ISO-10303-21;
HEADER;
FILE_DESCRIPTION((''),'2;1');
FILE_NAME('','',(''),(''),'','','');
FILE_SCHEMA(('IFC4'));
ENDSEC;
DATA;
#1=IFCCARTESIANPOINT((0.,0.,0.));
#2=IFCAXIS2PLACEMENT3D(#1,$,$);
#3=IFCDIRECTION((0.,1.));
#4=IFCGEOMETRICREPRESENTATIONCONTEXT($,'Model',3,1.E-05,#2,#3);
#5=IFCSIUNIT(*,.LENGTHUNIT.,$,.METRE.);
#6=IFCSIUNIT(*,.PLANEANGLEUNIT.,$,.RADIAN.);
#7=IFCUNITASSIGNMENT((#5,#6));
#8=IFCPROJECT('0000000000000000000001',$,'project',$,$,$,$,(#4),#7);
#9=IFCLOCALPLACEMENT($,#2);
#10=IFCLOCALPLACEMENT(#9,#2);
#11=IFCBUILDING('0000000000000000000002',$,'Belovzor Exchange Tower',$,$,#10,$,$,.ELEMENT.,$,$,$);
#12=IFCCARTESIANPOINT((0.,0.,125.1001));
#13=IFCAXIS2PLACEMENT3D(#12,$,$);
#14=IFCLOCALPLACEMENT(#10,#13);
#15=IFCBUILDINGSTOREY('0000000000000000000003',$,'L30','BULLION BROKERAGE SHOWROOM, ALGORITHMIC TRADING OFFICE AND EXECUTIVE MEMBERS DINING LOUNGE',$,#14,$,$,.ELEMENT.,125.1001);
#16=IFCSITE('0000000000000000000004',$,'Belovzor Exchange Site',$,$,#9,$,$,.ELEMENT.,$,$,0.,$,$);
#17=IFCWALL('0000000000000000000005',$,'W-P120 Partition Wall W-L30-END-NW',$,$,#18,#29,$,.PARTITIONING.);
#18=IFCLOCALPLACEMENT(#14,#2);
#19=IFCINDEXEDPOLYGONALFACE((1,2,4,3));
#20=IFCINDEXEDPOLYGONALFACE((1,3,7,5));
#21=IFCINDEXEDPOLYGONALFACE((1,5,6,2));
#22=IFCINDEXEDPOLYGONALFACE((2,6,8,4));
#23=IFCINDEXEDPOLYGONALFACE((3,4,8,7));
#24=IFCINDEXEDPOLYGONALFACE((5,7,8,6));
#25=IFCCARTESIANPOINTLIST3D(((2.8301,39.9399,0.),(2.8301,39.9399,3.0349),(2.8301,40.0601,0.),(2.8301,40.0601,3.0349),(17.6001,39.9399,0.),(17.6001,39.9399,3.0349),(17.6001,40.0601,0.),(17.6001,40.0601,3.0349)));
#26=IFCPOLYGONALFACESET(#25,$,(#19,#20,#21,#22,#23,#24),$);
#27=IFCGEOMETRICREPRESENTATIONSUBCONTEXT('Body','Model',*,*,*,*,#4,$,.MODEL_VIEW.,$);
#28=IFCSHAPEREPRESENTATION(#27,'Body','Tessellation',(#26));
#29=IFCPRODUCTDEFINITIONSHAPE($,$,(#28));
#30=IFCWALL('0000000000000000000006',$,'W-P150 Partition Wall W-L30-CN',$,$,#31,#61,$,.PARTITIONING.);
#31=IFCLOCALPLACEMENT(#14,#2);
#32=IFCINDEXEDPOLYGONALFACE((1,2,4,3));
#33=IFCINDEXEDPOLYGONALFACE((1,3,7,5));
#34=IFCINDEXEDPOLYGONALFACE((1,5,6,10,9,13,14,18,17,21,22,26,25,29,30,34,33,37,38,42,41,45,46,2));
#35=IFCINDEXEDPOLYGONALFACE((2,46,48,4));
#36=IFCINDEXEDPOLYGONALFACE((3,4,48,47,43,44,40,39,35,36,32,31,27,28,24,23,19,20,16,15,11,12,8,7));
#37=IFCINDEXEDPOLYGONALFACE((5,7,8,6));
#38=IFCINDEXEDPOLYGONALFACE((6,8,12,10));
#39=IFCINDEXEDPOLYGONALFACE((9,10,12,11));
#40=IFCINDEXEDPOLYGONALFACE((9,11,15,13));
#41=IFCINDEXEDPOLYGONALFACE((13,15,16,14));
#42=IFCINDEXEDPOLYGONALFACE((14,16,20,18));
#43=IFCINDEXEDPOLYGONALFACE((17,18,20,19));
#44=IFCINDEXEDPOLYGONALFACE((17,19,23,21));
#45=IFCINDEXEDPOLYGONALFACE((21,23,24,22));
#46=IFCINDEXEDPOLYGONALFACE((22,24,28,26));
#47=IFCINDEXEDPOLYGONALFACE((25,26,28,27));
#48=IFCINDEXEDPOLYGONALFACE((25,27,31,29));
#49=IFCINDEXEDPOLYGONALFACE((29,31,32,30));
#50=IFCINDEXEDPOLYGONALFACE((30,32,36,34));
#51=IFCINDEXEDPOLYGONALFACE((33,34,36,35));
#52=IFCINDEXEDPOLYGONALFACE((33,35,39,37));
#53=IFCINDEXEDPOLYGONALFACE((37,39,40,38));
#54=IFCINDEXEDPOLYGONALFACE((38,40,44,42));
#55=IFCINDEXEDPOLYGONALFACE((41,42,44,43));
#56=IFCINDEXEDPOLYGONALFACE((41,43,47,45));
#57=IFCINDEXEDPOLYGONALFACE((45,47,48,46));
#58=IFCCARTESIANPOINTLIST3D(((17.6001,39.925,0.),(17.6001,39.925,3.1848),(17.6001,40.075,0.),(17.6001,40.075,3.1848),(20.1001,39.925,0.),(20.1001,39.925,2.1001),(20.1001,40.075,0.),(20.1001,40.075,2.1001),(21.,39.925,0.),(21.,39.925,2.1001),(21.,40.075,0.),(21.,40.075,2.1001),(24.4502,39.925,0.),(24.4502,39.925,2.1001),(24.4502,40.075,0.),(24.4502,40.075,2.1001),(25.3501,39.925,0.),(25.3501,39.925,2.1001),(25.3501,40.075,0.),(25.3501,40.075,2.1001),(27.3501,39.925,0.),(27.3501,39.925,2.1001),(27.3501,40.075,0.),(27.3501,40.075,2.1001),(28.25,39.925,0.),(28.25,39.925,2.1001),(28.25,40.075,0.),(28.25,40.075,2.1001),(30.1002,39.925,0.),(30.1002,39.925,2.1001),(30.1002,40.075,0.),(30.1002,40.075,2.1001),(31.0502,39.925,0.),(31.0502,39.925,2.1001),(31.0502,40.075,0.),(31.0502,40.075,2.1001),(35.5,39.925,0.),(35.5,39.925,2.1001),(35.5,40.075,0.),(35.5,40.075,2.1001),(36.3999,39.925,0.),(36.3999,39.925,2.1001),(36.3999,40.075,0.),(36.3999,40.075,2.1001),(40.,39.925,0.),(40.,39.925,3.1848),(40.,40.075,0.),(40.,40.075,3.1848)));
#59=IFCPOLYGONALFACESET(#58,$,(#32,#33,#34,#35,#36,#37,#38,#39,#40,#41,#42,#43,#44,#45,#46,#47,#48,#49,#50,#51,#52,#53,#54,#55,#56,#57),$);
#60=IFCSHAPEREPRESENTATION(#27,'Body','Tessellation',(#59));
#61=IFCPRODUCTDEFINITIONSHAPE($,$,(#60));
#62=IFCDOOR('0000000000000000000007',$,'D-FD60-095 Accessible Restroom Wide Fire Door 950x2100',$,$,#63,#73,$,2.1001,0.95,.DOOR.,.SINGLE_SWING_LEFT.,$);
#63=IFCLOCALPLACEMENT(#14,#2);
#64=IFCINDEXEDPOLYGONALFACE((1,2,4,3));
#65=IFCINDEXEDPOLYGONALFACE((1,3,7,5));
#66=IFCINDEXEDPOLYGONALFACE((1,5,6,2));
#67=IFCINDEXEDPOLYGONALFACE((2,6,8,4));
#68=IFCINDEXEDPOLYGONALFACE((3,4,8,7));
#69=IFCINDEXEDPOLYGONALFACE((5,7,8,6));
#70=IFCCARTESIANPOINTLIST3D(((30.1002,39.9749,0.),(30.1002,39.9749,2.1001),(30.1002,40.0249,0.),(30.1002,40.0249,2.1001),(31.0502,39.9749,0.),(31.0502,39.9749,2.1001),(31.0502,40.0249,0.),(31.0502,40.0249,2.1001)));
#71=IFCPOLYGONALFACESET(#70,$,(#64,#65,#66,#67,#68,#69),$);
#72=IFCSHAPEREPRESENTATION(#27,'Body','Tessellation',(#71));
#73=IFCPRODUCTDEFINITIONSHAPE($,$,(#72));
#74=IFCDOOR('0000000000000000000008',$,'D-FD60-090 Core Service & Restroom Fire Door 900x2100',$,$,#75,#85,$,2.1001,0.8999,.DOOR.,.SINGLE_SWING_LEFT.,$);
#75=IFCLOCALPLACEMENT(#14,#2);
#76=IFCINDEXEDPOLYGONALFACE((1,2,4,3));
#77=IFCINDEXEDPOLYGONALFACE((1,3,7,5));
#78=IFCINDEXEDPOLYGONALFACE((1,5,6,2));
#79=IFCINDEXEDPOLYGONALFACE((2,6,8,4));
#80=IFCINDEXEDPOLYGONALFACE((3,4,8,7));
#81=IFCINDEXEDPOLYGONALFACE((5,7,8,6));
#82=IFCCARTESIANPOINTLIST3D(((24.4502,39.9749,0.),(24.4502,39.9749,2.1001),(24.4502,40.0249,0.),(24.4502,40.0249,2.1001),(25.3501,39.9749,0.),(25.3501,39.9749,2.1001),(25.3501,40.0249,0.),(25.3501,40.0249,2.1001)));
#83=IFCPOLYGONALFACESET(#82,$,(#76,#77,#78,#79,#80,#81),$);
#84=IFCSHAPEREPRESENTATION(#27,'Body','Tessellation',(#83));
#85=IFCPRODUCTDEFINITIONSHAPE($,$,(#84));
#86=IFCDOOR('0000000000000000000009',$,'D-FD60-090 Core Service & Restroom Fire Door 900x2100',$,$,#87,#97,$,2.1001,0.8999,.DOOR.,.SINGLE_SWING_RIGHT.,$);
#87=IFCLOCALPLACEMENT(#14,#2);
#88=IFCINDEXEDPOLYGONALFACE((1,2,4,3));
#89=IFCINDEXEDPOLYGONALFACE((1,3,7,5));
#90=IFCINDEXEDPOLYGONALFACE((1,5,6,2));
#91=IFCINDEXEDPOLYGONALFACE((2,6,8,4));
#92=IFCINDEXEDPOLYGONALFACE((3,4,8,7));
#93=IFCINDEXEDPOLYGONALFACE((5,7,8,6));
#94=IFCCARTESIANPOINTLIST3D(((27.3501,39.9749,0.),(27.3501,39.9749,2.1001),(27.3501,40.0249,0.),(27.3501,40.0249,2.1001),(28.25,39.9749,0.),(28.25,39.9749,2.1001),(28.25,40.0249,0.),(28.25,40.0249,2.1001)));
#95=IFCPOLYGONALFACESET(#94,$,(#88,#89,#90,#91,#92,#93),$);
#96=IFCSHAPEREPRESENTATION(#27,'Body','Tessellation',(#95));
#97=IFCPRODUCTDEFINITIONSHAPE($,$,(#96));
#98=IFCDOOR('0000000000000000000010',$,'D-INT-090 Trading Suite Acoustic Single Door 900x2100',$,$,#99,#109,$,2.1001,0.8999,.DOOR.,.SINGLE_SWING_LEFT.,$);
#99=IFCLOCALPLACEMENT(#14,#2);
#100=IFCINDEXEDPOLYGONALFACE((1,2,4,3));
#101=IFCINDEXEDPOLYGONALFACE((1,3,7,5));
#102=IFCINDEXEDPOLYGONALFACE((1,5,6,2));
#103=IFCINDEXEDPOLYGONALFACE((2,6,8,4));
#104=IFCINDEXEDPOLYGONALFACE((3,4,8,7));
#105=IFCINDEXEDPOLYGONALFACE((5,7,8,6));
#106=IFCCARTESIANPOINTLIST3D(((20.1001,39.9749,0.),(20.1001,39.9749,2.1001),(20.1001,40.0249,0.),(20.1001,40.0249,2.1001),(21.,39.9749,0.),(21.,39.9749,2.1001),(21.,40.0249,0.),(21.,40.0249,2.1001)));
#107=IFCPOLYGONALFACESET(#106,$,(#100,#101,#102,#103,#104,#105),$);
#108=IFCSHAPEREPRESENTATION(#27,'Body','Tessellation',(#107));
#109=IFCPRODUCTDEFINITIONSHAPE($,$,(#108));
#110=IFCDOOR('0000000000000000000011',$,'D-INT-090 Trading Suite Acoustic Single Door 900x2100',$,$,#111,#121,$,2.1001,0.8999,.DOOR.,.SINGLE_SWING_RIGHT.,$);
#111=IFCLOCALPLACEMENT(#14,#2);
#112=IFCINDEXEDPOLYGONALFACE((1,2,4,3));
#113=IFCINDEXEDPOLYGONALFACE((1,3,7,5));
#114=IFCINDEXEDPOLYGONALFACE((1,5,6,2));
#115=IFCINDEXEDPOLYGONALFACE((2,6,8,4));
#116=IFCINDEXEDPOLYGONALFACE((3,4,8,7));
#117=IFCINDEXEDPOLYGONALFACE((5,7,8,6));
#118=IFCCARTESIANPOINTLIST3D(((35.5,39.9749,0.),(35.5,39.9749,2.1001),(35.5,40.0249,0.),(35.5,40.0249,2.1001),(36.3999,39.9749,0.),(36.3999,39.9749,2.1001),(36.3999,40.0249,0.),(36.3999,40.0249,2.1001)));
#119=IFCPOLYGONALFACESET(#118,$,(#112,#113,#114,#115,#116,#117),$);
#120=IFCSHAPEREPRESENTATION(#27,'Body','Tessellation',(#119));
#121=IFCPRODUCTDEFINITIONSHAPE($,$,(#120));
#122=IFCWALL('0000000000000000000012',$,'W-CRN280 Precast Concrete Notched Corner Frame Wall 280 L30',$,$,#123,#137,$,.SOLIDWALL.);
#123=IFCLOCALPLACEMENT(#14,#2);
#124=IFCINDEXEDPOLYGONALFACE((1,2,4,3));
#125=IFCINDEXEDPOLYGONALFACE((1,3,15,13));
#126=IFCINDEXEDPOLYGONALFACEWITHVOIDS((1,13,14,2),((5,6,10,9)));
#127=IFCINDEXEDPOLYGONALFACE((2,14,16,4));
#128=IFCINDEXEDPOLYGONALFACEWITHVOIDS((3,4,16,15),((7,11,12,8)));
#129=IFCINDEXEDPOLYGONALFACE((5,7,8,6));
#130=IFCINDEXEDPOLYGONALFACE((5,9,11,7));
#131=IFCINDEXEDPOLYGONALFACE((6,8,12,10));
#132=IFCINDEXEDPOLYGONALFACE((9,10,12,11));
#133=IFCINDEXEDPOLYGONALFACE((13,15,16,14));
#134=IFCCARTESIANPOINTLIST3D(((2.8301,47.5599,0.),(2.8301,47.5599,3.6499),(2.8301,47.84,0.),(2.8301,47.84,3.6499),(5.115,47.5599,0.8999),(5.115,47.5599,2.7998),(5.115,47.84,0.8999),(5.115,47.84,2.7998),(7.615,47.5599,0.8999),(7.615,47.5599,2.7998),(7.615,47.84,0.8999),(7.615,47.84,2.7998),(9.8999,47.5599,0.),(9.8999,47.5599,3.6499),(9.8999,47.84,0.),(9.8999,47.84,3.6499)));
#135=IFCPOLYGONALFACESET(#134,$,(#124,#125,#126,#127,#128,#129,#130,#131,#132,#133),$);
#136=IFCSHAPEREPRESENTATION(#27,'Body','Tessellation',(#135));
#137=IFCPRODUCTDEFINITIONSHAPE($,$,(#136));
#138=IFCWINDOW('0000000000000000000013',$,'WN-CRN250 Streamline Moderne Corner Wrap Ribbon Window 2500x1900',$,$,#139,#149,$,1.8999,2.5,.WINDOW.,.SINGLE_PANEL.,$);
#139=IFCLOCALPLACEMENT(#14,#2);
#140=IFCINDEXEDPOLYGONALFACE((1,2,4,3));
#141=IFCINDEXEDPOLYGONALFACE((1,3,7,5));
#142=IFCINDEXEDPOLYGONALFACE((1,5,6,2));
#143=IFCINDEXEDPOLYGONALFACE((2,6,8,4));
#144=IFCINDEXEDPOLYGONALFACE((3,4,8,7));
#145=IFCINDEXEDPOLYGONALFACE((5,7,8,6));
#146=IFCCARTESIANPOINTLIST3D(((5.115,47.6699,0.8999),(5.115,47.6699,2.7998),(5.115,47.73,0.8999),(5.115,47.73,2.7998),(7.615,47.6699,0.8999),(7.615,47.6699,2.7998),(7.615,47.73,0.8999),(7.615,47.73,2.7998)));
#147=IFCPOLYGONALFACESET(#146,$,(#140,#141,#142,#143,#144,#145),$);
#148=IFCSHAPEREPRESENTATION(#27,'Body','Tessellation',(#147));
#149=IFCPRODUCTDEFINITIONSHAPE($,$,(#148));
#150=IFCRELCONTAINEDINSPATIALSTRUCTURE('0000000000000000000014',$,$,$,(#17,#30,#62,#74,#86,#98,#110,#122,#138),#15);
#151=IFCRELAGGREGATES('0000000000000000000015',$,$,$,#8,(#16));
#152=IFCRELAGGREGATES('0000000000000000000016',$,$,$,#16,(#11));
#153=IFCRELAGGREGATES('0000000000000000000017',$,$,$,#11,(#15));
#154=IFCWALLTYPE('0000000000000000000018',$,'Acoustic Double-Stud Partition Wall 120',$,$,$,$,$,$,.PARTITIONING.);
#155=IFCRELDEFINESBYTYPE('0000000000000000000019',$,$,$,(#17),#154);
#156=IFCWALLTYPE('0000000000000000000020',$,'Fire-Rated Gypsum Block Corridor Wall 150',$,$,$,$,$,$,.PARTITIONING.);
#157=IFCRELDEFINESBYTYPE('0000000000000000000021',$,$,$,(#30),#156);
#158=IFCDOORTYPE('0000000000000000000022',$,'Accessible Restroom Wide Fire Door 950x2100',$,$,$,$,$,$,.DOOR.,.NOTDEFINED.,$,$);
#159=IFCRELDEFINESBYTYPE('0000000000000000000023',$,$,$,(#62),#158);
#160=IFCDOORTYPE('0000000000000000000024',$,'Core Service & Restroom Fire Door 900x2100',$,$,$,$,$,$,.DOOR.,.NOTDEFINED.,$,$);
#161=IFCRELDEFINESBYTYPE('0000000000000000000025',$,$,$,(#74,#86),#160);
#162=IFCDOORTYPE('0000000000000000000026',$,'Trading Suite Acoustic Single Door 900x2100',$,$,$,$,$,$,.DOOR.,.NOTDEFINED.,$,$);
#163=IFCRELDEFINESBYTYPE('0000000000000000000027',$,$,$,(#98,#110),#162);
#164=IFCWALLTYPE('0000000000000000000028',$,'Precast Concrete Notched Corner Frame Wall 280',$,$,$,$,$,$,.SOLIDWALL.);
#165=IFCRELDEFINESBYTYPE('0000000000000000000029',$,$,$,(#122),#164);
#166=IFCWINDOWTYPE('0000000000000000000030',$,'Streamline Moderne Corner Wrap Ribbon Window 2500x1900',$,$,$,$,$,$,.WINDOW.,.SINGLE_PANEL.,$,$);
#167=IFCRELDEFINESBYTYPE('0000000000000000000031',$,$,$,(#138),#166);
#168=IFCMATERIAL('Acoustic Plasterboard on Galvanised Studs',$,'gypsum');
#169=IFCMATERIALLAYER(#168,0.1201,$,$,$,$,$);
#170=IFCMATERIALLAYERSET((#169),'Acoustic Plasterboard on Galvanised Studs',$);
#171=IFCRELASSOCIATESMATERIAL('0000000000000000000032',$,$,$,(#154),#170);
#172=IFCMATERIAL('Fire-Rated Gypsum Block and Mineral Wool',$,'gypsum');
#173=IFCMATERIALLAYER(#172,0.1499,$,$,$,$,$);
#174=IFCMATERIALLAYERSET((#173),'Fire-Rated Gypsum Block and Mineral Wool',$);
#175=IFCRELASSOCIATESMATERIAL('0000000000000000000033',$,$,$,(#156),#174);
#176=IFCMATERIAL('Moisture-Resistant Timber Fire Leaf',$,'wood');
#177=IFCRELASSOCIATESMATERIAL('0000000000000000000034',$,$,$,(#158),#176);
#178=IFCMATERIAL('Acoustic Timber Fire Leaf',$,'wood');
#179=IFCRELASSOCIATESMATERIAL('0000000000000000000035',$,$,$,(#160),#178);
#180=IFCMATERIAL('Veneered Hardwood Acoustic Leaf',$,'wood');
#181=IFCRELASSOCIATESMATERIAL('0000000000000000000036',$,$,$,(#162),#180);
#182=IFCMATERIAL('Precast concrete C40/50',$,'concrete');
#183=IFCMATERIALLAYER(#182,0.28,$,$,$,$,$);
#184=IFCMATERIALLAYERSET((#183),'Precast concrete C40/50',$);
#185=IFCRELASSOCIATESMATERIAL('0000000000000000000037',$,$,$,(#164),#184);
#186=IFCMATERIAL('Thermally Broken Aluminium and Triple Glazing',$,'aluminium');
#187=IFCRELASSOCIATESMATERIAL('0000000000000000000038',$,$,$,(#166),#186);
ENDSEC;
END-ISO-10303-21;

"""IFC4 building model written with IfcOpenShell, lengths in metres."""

from ifc_helpers import new_model, si_unit, direction, frame, frame_2d, origin, place, context, subcontext, project, spatial, rectangle, extrude, material, layer, layer_set, type_object, element, fill, save


model = new_model("IFC4")

# Units and contexts
model_context = context("Model", 3, precision=1e-05, world=origin(), true_north=direction((0.0, 1.0)))
body_context = subcontext(model_context, "Body", "Model", "MODEL_VIEW")
ifc_project = project(units=[si_unit("LENGTHUNIT", "METRE"), si_unit("PLANEANGLEUNIT", "RADIAN")], contexts=[model_context])

# Site, building, storey
site_placement = place(None, origin())
site = spatial("IfcSite", under=ifc_project, at=site_placement, Name="Belovzor Exchange Site", CompositionType="ELEMENT", RefElevation=0.0)
building_placement = place(site_placement, origin())
building = spatial("IfcBuilding", under=site, at=building_placement, Name="Belovzor Exchange Tower", CompositionType="ELEMENT")
storey_placement = place(building_placement, frame((0.0, 0.0, 125.1001)))
storey = spatial("IfcBuildingStorey", under=building, at=storey_placement, Name="L30", Description="BULLION BROKERAGE SHOWROOM, ALGORITHMIC TRADING OFFICE AND EXECUTIVE MEMBERS DINING LOUNGE", CompositionType="ELEMENT", Elevation=125.1001)

# Wall
ifc_material_1 = material(Name="Acoustic Plasterboard on Galvanised Studs", Category="gypsum")
ifc_layer_1 = layer(ifc_material_1, 0.1201)
ifc_layer_set_1 = layer_set([ifc_layer_1], Name="Acoustic Plasterboard on Galvanised Studs")
wall_type_1 = type_object("IfcWallType", Name="Acoustic Double-Stud Partition Wall 120", PredefinedType="PARTITIONING", material=ifc_layer_set_1)
wall_1_placement = place(storey_placement, frame((2.8301, 40.0, 0.0), z_axis=(0.0, 0.0, 1.0), x_axis=(1.0, 0.0, 0.0)))
element("IfcWall", 1, at=wall_1_placement, inside=storey, type_object=wall_type_1, Name="W-P120 Partition Wall W-L30-END-NW", PredefinedType="PARTITIONING", context=body_context, shape_type="SweptSolid", body=[
    extrude(rectangle(XDim=14.77, YDim=0.1201, at=frame_2d((7.385, 0.0))), origin(), (0.0, 0.0, 1.0), 3.0349),
])

# Wall, openings, doors
ifc_material_2 = material(Name="Fire-Rated Gypsum Block and Mineral Wool", Category="gypsum")
ifc_layer_2 = layer(ifc_material_2, 0.1499)
ifc_layer_set_2 = layer_set([ifc_layer_2], Name="Fire-Rated Gypsum Block and Mineral Wool")
wall_type_2 = type_object("IfcWallType", Name="Fire-Rated Gypsum Block Corridor Wall 150", PredefinedType="PARTITIONING", material=ifc_layer_set_2)
wall_2_placement = place(storey_placement, frame((17.6001, 40.0, 0.0), z_axis=(0.0, 0.0, 1.0), x_axis=(1.0, 0.0, 0.0)))
wall_2 = element("IfcWall", 2, at=wall_2_placement, inside=storey, type_object=wall_type_2, Name="W-P150 Partition Wall W-L30-CN", PredefinedType="PARTITIONING", context=body_context, shape_type="SweptSolid", body=[
    extrude(rectangle(XDim=22.3999, YDim=0.1499, at=frame_2d((11.2, 0.0))), origin(), (0.0, 0.0, 1.0), 3.1848),
])
opening_1_placement = place(wall_2_placement, frame((2.5, 0.0, 0.0)))
opening_1 = element("IfcOpeningElement", 3, at=opening_1_placement, cuts=wall_2, PredefinedType="OPENING", context=body_context, shape_type="SweptSolid", body=[
    extrude(rectangle(XDim=0.8999, YDim=2.1001, at=frame_2d((0.45, 1.05))), frame((0.0, 0.085, 0.0), z_axis=(0.0, -1.0, 0.0), x_axis=(1.0, 0.0, 0.0)), (0.0, 0.0, 1.0), 0.1699),
])
opening_2_placement = place(wall_2_placement, frame((6.8501, 0.0, 0.0)))
opening_2 = element("IfcOpeningElement", 4, at=opening_2_placement, cuts=wall_2, PredefinedType="OPENING", context=body_context, shape_type="SweptSolid", body=[
    extrude(rectangle(XDim=0.8999, YDim=2.1001, at=frame_2d((0.45, 1.05))), frame((0.0, 0.085, 0.0), z_axis=(0.0, -1.0, 0.0), x_axis=(1.0, 0.0, 0.0)), (0.0, 0.0, 1.0), 0.1699),
])
opening_3_placement = place(wall_2_placement, frame((9.75, 0.0, 0.0)))
opening_3 = element("IfcOpeningElement", 5, at=opening_3_placement, cuts=wall_2, PredefinedType="OPENING", context=body_context, shape_type="SweptSolid", body=[
    extrude(rectangle(XDim=0.8999, YDim=2.1001, at=frame_2d((0.45, 1.05))), frame((0.0, 0.085, 0.0), z_axis=(0.0, -1.0, 0.0), x_axis=(1.0, 0.0, 0.0)), (0.0, 0.0, 1.0), 0.1699),
])
opening_4_placement = place(wall_2_placement, frame((12.5, 0.0, 0.0)))
opening_4 = element("IfcOpeningElement", 6, at=opening_4_placement, cuts=wall_2, PredefinedType="OPENING", context=body_context, shape_type="SweptSolid", body=[
    extrude(rectangle(XDim=0.95, YDim=2.1001, at=frame_2d((0.4751, 1.05))), frame((0.0, 0.085, 0.0), z_axis=(0.0, -1.0, 0.0), x_axis=(1.0, 0.0, 0.0)), (0.0, 0.0, 1.0), 0.1699),
])
opening_5_placement = place(wall_2_placement, frame((17.8999, 0.0, 0.0)))
opening_5 = element("IfcOpeningElement", 7, at=opening_5_placement, cuts=wall_2, PredefinedType="OPENING", context=body_context, shape_type="SweptSolid", body=[
    extrude(rectangle(XDim=0.8999, YDim=2.1001, at=frame_2d((0.45, 1.05))), frame((0.0, 0.085, 0.0), z_axis=(0.0, -1.0, 0.0), x_axis=(1.0, 0.0, 0.0)), (0.0, 0.0, 1.0), 0.1699),
])
ifc_material_3 = material(Name="Moisture-Resistant Timber Fire Leaf", Category="wood")
door_type_1 = type_object("IfcDoorType", Name="Accessible Restroom Wide Fire Door 950x2100", OperationType="NOTDEFINED", PredefinedType="DOOR", material=ifc_material_3)
door_1_placement = place(opening_4_placement, origin())
door_1 = element("IfcDoor", 8, at=door_1_placement, inside=storey, type_object=door_type_1, Name="D-FD60-095 Accessible Restroom Wide Fire Door 950x2100", OperationType="SINGLE_SWING_LEFT", OverallHeight=2.1001, OverallWidth=0.95, PredefinedType="DOOR", context=body_context, shape_type="SweptSolid", body=[
    extrude(rectangle(XDim=0.95, YDim=2.1001, at=frame_2d((0.4751, 1.05))), frame((0.0, 0.0249, 0.0), z_axis=(0.0, -1.0, 0.0), x_axis=(1.0, 0.0, 0.0)), (0.0, 0.0, 1.0), 0.05),
])
fill(opening_4, door_1)
ifc_material_4 = material(Name="Acoustic Timber Fire Leaf", Category="wood")
door_type_2 = type_object("IfcDoorType", Name="Core Service & Restroom Fire Door 900x2100", OperationType="NOTDEFINED", PredefinedType="DOOR", material=ifc_material_4)
door_2_placement = place(opening_2_placement, origin())
door_2 = element("IfcDoor", 9, at=door_2_placement, inside=storey, type_object=door_type_2, Name="D-FD60-090 Core Service & Restroom Fire Door 900x2100", OperationType="SINGLE_SWING_LEFT", OverallHeight=2.1001, OverallWidth=0.8999, PredefinedType="DOOR", context=body_context, shape_type="SweptSolid", body=[
    extrude(rectangle(XDim=0.8999, YDim=2.1001, at=frame_2d((0.45, 1.05))), frame((0.0, 0.0249, 0.0), z_axis=(0.0, -1.0, 0.0), x_axis=(1.0, 0.0, 0.0)), (0.0, 0.0, 1.0), 0.05),
])
fill(opening_2, door_2)
door_3_placement = place(opening_3_placement, origin())
door_3 = element("IfcDoor", 10, at=door_3_placement, inside=storey, type_object=door_type_2, Name="D-FD60-090 Core Service & Restroom Fire Door 900x2100", OperationType="SINGLE_SWING_RIGHT", OverallHeight=2.1001, OverallWidth=0.8999, PredefinedType="DOOR", context=body_context, shape_type="SweptSolid", body=[
    extrude(rectangle(XDim=0.8999, YDim=2.1001, at=frame_2d((0.45, 1.05))), frame((0.0, 0.0249, 0.0), z_axis=(0.0, -1.0, 0.0), x_axis=(1.0, 0.0, 0.0)), (0.0, 0.0, 1.0), 0.05),
])
fill(opening_3, door_3)
ifc_material_5 = material(Name="Veneered Hardwood Acoustic Leaf", Category="wood")
door_type_3 = type_object("IfcDoorType", Name="Trading Suite Acoustic Single Door 900x2100", OperationType="NOTDEFINED", PredefinedType="DOOR", material=ifc_material_5)
door_4_placement = place(opening_1_placement, origin())
door_4 = element("IfcDoor", 11, at=door_4_placement, inside=storey, type_object=door_type_3, Name="D-INT-090 Trading Suite Acoustic Single Door 900x2100", OperationType="SINGLE_SWING_LEFT", OverallHeight=2.1001, OverallWidth=0.8999, PredefinedType="DOOR", context=body_context, shape_type="SweptSolid", body=[
    extrude(rectangle(XDim=0.8999, YDim=2.1001, at=frame_2d((0.45, 1.05))), frame((0.0, 0.0249, 0.0), z_axis=(0.0, -1.0, 0.0), x_axis=(1.0, 0.0, 0.0)), (0.0, 0.0, 1.0), 0.05),
])
fill(opening_1, door_4)
door_5_placement = place(opening_5_placement, origin())
door_5 = element("IfcDoor", 12, at=door_5_placement, inside=storey, type_object=door_type_3, Name="D-INT-090 Trading Suite Acoustic Single Door 900x2100", OperationType="SINGLE_SWING_RIGHT", OverallHeight=2.1001, OverallWidth=0.8999, PredefinedType="DOOR", context=body_context, shape_type="SweptSolid", body=[
    extrude(rectangle(XDim=0.8999, YDim=2.1001, at=frame_2d((0.45, 1.05))), frame((0.0, 0.0249, 0.0), z_axis=(0.0, -1.0, 0.0), x_axis=(1.0, 0.0, 0.0)), (0.0, 0.0, 1.0), 0.05),
])
fill(opening_5, door_5)

# Wall, opening, window
ifc_material_6 = material(Name="Precast concrete C40/50", Category="concrete")
ifc_layer_3 = layer(ifc_material_6, 0.28)
ifc_layer_set_3 = layer_set([ifc_layer_3], Name="Precast concrete C40/50")
wall_type_3 = type_object("IfcWallType", Name="Precast Concrete Notched Corner Frame Wall 280", PredefinedType="SOLIDWALL", material=ifc_layer_set_3)
wall_3_placement = place(storey_placement, frame((2.8301, 47.7, 0.0), z_axis=(0.0, 0.0, 1.0), x_axis=(1.0, 0.0, 0.0)))
wall_3 = element("IfcWall", 13, at=wall_3_placement, inside=storey, type_object=wall_type_3, Name="W-CRN280 Precast Concrete Notched Corner Frame Wall 280 L30", PredefinedType="SOLIDWALL", context=body_context, shape_type="SweptSolid", body=[
    extrude(rectangle(XDim=7.0698, YDim=0.28, at=frame_2d((3.5349, 0.0))), origin(), (0.0, 0.0, 1.0), 3.6499),
])
opening_6_placement = place(wall_3_placement, frame((2.2849, 0.0, 0.8999)))
opening_6 = element("IfcOpeningElement", 14, at=opening_6_placement, cuts=wall_3, PredefinedType="OPENING", context=body_context, shape_type="SweptSolid", body=[
    extrude(rectangle(XDim=2.5, YDim=1.8999, at=frame_2d((1.25, 0.95))), frame((0.0, 0.1499, 0.0), z_axis=(0.0, -1.0, 0.0), x_axis=(1.0, 0.0, 0.0)), (0.0, 0.0, 1.0), 0.3),
])
ifc_material_7 = material(Name="Thermally Broken Aluminium and Triple Glazing", Category="aluminium")
window_type_1 = type_object("IfcWindowType", Name="Streamline Moderne Corner Wrap Ribbon Window 2500x1900", PartitioningType="SINGLE_PANEL", PredefinedType="WINDOW", material=ifc_material_7)
window_1_placement = place(opening_6_placement, origin())
window_1 = element("IfcWindow", 15, at=window_1_placement, inside=storey, type_object=window_type_1, Name="WN-CRN250 Streamline Moderne Corner Wrap Ribbon Window 2500x1900", OverallHeight=1.8999, OverallWidth=2.5, PartitioningType="SINGLE_PANEL", PredefinedType="WINDOW", context=body_context, shape_type="SweptSolid", body=[
    extrude(rectangle(XDim=2.5, YDim=1.8999, at=frame_2d((1.25, 0.95))), frame((0.0, 0.03, 0.0), z_axis=(0.0, -1.0, 0.0), x_axis=(1.0, 0.0, 0.0)), (0.0, 0.0, 1.0), 0.0601),
])
fill(opening_6, window_1)

save(model, "model.ifc")
